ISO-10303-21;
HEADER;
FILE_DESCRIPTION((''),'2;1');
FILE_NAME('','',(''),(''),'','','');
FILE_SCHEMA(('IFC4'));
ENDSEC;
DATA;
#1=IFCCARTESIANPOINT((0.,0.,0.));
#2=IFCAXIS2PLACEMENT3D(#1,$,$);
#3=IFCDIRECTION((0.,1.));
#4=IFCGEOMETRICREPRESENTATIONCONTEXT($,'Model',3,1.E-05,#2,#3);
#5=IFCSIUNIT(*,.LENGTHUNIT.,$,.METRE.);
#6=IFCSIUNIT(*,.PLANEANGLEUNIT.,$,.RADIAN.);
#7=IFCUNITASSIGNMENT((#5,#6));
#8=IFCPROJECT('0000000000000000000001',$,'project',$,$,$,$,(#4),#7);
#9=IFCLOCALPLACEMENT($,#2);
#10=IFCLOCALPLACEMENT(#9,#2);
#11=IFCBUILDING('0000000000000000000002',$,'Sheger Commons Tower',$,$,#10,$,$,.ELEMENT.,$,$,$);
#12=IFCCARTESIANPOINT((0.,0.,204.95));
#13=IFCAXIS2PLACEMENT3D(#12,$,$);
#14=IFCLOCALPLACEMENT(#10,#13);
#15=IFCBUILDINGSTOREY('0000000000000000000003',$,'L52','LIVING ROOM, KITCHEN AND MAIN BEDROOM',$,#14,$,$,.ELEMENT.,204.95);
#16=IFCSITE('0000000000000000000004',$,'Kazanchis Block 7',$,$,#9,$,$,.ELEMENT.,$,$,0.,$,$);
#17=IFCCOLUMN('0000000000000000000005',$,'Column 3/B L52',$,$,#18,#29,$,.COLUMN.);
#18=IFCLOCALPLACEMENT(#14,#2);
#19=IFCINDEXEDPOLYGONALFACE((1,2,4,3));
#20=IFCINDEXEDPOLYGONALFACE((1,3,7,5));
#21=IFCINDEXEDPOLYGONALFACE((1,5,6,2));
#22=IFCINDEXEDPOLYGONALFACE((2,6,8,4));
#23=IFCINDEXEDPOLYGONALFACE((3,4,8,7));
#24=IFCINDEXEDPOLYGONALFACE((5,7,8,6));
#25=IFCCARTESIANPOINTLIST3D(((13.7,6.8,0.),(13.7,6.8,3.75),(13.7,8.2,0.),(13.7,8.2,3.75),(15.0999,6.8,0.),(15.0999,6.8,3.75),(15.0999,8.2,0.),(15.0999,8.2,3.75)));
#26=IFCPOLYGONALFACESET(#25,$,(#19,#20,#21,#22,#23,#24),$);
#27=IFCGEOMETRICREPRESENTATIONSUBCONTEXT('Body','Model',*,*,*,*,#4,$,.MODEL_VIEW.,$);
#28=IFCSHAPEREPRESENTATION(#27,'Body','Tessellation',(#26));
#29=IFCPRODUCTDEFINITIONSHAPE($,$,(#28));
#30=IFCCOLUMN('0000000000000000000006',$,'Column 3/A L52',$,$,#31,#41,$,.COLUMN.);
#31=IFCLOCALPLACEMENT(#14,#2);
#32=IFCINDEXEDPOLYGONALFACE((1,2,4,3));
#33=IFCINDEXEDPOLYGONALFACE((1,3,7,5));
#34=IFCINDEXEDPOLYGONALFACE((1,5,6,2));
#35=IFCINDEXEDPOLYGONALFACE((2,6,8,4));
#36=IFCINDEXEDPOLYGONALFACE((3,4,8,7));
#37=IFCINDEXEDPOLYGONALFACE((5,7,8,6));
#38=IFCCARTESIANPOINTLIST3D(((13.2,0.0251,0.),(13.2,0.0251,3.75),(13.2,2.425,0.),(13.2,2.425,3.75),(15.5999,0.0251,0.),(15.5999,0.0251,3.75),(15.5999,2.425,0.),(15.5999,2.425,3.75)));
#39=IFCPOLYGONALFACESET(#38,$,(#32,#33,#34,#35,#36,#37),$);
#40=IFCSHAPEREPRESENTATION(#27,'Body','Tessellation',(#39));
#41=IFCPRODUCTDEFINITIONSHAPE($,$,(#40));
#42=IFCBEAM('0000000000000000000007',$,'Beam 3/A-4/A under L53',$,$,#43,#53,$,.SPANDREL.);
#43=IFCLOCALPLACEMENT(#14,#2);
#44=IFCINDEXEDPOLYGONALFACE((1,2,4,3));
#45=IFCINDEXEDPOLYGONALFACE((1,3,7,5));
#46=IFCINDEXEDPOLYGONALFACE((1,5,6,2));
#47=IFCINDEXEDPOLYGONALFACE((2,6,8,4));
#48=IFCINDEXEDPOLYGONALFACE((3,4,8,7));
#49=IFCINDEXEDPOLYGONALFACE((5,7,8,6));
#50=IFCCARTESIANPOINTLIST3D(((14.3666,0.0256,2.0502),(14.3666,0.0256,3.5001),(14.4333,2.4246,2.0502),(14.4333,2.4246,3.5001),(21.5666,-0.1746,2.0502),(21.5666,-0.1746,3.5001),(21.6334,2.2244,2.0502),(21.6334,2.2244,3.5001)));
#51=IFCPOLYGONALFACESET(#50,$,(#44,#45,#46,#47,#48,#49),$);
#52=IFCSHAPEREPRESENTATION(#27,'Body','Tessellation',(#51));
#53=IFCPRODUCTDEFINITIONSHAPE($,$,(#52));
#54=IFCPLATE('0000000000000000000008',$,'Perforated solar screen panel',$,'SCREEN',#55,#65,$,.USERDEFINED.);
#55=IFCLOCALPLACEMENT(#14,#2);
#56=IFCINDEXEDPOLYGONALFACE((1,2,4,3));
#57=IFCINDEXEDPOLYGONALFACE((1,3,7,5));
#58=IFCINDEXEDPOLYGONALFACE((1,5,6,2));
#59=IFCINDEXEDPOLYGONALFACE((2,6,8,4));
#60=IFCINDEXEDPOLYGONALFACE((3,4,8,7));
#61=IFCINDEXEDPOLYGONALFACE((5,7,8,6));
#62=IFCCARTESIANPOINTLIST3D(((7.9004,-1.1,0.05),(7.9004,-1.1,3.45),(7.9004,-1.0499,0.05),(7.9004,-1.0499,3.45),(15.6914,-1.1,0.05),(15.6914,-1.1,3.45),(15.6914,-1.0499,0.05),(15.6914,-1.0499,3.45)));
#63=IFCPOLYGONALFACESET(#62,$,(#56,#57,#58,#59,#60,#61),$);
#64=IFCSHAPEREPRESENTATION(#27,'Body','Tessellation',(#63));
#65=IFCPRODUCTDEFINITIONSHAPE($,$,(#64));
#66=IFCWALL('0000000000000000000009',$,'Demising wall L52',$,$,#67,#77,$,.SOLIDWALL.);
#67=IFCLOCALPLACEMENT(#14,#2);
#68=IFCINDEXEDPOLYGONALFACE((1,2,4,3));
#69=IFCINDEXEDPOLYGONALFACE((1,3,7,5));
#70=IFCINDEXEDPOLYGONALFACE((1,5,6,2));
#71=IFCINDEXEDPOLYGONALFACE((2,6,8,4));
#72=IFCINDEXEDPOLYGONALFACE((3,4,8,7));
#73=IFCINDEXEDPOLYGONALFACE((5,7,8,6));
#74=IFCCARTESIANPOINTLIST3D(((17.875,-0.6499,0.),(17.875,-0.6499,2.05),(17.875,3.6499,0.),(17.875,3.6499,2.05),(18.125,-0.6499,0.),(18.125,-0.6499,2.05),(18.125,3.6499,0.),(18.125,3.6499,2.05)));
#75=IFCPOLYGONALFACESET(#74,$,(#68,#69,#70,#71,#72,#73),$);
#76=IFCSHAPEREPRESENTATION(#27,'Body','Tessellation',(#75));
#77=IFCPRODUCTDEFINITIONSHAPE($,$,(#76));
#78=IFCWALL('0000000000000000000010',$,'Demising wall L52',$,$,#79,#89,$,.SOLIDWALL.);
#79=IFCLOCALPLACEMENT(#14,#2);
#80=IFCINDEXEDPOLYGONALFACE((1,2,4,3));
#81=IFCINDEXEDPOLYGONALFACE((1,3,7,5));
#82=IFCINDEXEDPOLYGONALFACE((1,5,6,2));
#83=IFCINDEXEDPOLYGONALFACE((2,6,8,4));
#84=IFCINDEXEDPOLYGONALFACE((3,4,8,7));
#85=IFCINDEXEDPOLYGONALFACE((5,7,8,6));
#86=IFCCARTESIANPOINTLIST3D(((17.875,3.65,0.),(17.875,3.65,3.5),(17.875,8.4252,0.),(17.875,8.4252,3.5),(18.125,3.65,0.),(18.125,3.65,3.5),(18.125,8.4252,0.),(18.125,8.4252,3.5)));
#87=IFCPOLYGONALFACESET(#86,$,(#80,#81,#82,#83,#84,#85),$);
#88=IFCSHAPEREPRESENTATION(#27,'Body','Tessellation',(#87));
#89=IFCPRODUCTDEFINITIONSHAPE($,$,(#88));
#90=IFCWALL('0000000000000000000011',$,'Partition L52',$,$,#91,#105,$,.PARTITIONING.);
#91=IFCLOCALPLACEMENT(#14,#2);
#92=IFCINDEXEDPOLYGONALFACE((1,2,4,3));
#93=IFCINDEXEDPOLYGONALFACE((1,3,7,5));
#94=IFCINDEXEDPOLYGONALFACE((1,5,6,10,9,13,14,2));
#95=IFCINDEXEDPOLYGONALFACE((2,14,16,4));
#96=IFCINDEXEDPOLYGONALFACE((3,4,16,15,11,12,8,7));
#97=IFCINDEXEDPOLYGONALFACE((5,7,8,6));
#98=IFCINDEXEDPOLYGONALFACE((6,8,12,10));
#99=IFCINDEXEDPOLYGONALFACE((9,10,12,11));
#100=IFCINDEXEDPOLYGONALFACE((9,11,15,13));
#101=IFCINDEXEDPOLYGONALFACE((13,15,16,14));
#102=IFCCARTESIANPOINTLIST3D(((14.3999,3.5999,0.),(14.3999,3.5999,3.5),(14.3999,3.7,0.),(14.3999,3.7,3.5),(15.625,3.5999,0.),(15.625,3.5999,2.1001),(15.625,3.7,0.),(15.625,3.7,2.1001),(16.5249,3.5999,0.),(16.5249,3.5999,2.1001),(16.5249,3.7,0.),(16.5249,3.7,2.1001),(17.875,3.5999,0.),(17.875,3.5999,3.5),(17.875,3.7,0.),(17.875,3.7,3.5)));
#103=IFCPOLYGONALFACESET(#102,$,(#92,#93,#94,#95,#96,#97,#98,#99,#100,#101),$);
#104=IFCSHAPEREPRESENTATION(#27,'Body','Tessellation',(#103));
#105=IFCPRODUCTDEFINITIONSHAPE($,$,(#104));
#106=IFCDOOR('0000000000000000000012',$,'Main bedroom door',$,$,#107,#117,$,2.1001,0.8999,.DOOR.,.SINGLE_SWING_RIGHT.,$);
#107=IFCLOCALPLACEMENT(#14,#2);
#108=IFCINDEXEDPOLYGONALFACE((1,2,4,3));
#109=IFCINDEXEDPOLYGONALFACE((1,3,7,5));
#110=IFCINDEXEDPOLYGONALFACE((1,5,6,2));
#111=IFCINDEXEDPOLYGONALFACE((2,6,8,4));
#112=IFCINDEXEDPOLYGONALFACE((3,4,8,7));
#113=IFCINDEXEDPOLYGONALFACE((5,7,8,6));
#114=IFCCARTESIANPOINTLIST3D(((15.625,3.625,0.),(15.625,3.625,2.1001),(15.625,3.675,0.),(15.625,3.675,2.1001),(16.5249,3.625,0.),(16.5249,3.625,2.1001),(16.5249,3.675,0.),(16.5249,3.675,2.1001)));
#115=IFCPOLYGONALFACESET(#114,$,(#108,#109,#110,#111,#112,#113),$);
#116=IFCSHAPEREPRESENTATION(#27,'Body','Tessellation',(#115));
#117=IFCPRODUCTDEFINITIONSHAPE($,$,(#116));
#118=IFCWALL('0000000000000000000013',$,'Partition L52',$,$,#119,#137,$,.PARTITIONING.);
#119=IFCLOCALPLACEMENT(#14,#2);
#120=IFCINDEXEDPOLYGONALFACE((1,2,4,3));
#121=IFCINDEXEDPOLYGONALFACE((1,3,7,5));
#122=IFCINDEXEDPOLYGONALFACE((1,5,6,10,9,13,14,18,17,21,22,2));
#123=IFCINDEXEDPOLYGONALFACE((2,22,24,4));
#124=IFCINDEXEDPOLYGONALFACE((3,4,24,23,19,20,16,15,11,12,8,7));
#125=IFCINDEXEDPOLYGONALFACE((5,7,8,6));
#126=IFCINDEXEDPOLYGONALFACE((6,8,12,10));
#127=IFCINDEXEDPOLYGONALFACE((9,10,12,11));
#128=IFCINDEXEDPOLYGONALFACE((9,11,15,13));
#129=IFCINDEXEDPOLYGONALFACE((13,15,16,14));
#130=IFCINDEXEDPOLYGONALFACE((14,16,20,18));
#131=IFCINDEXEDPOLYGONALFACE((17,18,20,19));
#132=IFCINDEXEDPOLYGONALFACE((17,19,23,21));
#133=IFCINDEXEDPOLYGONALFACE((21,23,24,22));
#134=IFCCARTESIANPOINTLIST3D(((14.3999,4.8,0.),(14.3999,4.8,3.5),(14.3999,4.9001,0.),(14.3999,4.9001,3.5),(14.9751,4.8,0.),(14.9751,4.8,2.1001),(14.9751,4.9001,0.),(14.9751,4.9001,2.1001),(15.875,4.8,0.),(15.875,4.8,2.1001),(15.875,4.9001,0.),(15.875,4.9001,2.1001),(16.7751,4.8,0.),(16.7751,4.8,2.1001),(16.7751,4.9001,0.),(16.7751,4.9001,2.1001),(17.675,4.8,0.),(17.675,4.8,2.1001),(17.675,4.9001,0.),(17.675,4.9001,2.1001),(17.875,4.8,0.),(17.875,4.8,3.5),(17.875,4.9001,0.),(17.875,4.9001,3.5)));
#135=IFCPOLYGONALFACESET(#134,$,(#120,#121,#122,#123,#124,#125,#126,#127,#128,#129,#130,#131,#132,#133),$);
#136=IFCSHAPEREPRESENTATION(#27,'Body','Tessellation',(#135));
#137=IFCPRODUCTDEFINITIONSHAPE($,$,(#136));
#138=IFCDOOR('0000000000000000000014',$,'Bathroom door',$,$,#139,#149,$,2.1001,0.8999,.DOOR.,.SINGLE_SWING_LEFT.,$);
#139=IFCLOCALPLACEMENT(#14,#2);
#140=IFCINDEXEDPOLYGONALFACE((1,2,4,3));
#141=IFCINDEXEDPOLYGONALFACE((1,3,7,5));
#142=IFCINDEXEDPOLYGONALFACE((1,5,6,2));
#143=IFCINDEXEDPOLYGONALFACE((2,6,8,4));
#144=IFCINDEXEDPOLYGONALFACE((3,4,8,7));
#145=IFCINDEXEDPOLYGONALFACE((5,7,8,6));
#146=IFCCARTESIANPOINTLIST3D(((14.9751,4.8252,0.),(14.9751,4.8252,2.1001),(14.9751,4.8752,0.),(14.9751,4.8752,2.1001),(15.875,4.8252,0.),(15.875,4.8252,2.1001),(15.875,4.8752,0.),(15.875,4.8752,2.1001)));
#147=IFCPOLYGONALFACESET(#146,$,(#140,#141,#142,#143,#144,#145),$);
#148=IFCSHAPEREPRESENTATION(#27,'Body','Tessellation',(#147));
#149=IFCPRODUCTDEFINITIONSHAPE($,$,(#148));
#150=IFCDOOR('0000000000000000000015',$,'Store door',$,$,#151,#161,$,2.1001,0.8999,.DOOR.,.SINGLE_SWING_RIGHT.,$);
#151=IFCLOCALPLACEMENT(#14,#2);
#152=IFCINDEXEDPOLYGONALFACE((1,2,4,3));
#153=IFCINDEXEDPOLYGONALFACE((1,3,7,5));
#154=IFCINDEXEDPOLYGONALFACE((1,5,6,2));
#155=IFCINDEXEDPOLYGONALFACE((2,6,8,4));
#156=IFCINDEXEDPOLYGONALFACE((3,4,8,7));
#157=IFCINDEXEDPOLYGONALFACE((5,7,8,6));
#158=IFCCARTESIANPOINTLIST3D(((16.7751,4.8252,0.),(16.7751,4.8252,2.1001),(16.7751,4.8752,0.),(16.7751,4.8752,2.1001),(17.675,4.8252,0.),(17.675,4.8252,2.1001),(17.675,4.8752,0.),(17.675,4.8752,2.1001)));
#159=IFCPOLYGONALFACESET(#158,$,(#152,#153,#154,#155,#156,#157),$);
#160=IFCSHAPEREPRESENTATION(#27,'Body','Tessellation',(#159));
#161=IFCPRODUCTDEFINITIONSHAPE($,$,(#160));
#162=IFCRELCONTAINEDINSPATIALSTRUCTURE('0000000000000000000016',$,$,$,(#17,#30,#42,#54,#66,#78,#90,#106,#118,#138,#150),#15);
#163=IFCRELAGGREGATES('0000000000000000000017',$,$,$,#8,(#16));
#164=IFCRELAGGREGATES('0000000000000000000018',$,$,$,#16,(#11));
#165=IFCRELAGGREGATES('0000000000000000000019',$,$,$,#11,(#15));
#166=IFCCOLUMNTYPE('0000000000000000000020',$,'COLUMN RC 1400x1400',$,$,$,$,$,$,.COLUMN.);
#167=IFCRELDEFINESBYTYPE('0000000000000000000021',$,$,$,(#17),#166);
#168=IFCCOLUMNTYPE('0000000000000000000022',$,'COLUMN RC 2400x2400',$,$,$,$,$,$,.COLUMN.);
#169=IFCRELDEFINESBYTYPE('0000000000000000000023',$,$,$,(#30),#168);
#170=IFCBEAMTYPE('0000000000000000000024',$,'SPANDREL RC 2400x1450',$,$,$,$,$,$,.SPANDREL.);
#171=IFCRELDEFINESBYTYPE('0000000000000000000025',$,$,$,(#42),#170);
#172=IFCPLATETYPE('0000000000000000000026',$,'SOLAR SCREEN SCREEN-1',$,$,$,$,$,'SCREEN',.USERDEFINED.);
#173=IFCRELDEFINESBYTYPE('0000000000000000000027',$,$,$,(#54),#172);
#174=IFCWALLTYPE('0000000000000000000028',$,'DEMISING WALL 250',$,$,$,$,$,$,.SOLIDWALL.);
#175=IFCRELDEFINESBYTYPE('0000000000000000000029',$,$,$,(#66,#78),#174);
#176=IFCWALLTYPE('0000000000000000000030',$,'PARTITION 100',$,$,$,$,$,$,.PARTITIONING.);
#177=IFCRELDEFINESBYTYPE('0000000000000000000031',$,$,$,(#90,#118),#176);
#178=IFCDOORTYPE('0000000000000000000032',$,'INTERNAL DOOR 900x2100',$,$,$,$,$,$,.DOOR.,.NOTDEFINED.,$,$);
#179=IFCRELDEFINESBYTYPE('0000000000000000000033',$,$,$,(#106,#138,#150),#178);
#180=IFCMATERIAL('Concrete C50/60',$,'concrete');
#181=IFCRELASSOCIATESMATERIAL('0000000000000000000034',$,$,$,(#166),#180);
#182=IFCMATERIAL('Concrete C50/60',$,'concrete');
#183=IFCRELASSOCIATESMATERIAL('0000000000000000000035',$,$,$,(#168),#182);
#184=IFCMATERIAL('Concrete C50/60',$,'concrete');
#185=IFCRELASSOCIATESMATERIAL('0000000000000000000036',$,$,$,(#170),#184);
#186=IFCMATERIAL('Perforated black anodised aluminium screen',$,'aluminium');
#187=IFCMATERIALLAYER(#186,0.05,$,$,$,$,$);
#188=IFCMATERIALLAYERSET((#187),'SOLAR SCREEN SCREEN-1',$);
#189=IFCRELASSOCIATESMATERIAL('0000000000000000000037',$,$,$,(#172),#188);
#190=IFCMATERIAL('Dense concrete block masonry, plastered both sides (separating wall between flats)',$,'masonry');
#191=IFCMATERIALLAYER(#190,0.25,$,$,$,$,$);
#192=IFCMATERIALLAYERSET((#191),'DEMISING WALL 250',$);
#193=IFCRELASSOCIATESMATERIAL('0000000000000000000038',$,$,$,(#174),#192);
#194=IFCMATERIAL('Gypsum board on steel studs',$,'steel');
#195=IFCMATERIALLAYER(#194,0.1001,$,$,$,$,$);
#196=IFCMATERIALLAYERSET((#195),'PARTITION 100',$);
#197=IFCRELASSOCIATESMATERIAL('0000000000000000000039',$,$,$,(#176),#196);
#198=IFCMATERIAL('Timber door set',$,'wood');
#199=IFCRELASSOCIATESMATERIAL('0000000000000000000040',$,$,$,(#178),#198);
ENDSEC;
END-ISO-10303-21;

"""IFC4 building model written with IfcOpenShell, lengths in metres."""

from ifc_helpers import new_model, si_unit, direction, frame, frame_2d, origin, origin_2d, place, context, subcontext, project, spatial, rectangle, extrude, material, layer, layer_set, material_profile, profile_set, type_object, element, fill, save


model = new_model("IFC4")

# Units and contexts
model_context = context("Model", 3, precision=1e-05, world=origin(), true_north=direction((0.0, 1.0)))
body_context = subcontext(model_context, "Body", "Model", "MODEL_VIEW")
ifc_project = project(units=[si_unit("LENGTHUNIT", "METRE"), si_unit("PLANEANGLEUNIT", "RADIAN")], contexts=[model_context])

# Site, building, storey
site_placement = place(None, origin())
site = spatial("IfcSite", under=ifc_project, at=site_placement, Name="Kazanchis Block 7", CompositionType="ELEMENT", RefElevation=0.0)
building_placement = place(site_placement, origin())
building = spatial("IfcBuilding", under=site, at=building_placement, Name="Sheger Commons Tower", CompositionType="ELEMENT")
storey_placement = place(building_placement, frame((0.0, 0.0, 204.95)))
storey = spatial("IfcBuildingStorey", under=building, at=storey_placement, Name="L52", Description="LIVING ROOM, KITCHEN AND MAIN BEDROOM", CompositionType="ELEMENT", Elevation=204.95)

# Columns
ifc_material_1 = material(Name="Concrete C50/60", Category="concrete")
ifc_material_profile_1 = material_profile(ifc_material_1, rectangle(XDim=1.3999, YDim=1.3999, at=origin_2d()), Name="RC 1400x1400")
ifc_profile_set_1 = profile_set([ifc_material_profile_1], Name="Concrete C50/60")
column_type_1 = type_object("IfcColumnType", Name="COLUMN RC 1400x1400", PredefinedType="COLUMN", material=ifc_profile_set_1)
column_1_placement = place(storey_placement, frame((14.3999, 7.5, 0.0), z_axis=(0.0, 0.0, 1.0), x_axis=(1.0, 0.0, 0.0)))
element("IfcColumn", 1, at=column_1_placement, inside=storey, type_object=column_type_1, Name="Column 3/B L52", PredefinedType="COLUMN", context=body_context, shape_type="SweptSolid", body=[
    extrude(rectangle(XDim=1.3999, YDim=1.3999, at=origin_2d()), origin(), (0.0, 0.0, 1.0), 3.75),
])
ifc_material_2 = material(Name="Concrete C50/60", Category="concrete")
ifc_material_profile_2 = material_profile(ifc_material_2, rectangle(XDim=2.3999, YDim=2.3999, at=origin_2d()), Name="RC 2400x2400")
ifc_profile_set_2 = profile_set([ifc_material_profile_2], Name="Concrete C50/60")
column_type_2 = type_object("IfcColumnType", Name="COLUMN RC 2400x2400", PredefinedType="COLUMN", material=ifc_profile_set_2)
column_2_placement = place(storey_placement, frame((14.3999, 1.2251, 0.0), z_axis=(0.0, 0.0, 1.0), x_axis=(1.0, 0.0, 0.0)))
element("IfcColumn", 2, at=column_2_placement, inside=storey, type_object=column_type_2, Name="Column 3/A L52", PredefinedType="COLUMN", context=body_context, shape_type="SweptSolid", body=[
    extrude(rectangle(XDim=2.3999, YDim=2.3999, at=origin_2d()), origin(), (0.0, 0.0, 1.0), 3.75),
])

# Beam
ifc_material_3 = material(Name="Concrete C50/60", Category="concrete")
ifc_material_profile_3 = material_profile(ifc_material_3, rectangle(XDim=2.3999, YDim=1.45, at=origin_2d()), Name="RC 2400x1450")
ifc_profile_set_3 = profile_set([ifc_material_profile_3], Name="Concrete C50/60")
beam_type = type_object("IfcBeamType", Name="SPANDREL RC 2400x1450", PredefinedType="SPANDREL", material=ifc_profile_set_3)
beam_placement = place(storey_placement, frame((14.3999, 1.2251, 2.7751), z_axis=(0.999614, -0.027793, 0.0), x_axis=(0.027793, 0.999614, 0.0)))
element("IfcBeam", 3, at=beam_placement, inside=storey, type_object=beam_type, Name="Beam 3/A-4/A under L53", PredefinedType="SPANDREL", context=body_context, shape_type="SweptSolid", body=[
    extrude(rectangle(XDim=2.3999, YDim=1.45, at=origin_2d()), origin(), (0.0, 0.0, 1.0), 7.2029),
])

# Plate
ifc_material_4 = material(Name="Perforated black anodised aluminium screen", Category="aluminium")
ifc_layer_1 = layer(ifc_material_4, 0.05)
ifc_layer_set_1 = layer_set([ifc_layer_1], Name="SOLAR SCREEN SCREEN-1")
plate_type = type_object("IfcPlateType", Name="SOLAR SCREEN SCREEN-1", ElementType="SCREEN", PredefinedType="USERDEFINED", material=ifc_layer_set_1)
plate_placement = place(storey_placement, frame((11.7959, -1.075, 0.05), z_axis=(0.0, 0.0, 1.0), x_axis=(1.0, 0.0, 0.0)))
element("IfcPlate", 4, at=plate_placement, inside=storey, type_object=plate_type, Name="Perforated solar screen panel", ObjectType="SCREEN", PredefinedType="USERDEFINED", context=body_context, shape_type="SweptSolid", body=[
    extrude(rectangle(XDim=7.791, YDim=0.05, at=origin_2d()), origin(), (0.0, 0.0, 1.0), 3.3999),
])

# Walls
ifc_material_5 = material(Name="Dense concrete block masonry, plastered both sides (separating wall between flats)", Category="masonry")
ifc_layer_2 = layer(ifc_material_5, 0.25)
ifc_layer_set_2 = layer_set([ifc_layer_2], Name="DEMISING WALL 250")
wall_type_1 = type_object("IfcWallType", Name="DEMISING WALL 250", PredefinedType="SOLIDWALL", material=ifc_layer_set_2)
wall_1_placement = place(storey_placement, frame((18.0, -0.6499, 0.0), z_axis=(0.0, 0.0, 1.0), x_axis=(0.0, 1.0, 0.0)))
element("IfcWall", 5, at=wall_1_placement, inside=storey, type_object=wall_type_1, Name="Demising wall L52", PredefinedType="SOLIDWALL", context=body_context, shape_type="SweptSolid", body=[
    extrude(rectangle(XDim=4.2998, YDim=0.25, at=frame_2d((2.1499, 0.0))), origin(), (0.0, 0.0, 1.0), 2.05),
])
wall_2_placement = place(storey_placement, frame((18.0, 3.6499, 0.0), z_axis=(0.0, 0.0, 1.0), x_axis=(0.0, 1.0, 0.0)))
element("IfcWall", 6, at=wall_2_placement, inside=storey, type_object=wall_type_1, Name="Demising wall L52", PredefinedType="SOLIDWALL", context=body_context, shape_type="SweptSolid", body=[
    extrude(rectangle(XDim=4.7751, YDim=0.25, at=frame_2d((2.3877, 0.0))), origin(), (0.0, 0.0, 1.0), 3.5),
])

# Wall, opening, door
ifc_material_6 = material(Name="Gypsum board on steel studs", Category="steel")
ifc_layer_3 = layer(ifc_material_6, 0.1001)
ifc_layer_set_3 = layer_set([ifc_layer_3], Name="PARTITION 100")
wall_type_2 = type_object("IfcWallType", Name="PARTITION 100", PredefinedType="PARTITIONING", material=ifc_layer_set_3)
wall_3_placement = place(storey_placement, frame((17.875, 3.6499, 0.0), z_axis=(0.0, 0.0, 1.0), x_axis=(-1.0, 0.0, 0.0)))
wall_3 = element("IfcWall", 7, at=wall_3_placement, inside=storey, type_object=wall_type_2, Name="Partition L52", PredefinedType="PARTITIONING", context=body_context, shape_type="SweptSolid", body=[
    extrude(rectangle(XDim=3.4751, YDim=0.1001, at=frame_2d((1.7375, 0.0))), origin(), (0.0, 0.0, 1.0), 3.5),
])
opening_1_placement = place(wall_3_placement, frame((1.3501, 0.0, 0.0)))
opening_1 = element("IfcOpeningElement", 8, at=opening_1_placement, cuts=wall_3, PredefinedType="OPENING", context=body_context, shape_type="SweptSolid", body=[
    extrude(rectangle(XDim=0.8999, YDim=2.1001, at=frame_2d((0.45, 1.05))), frame((0.0, 0.0601, 0.0), z_axis=(0.0, -1.0, 0.0), x_axis=(1.0, 0.0, 0.0)), (0.0, 0.0, 1.0), 0.1201),
])
ifc_material_7 = material(Name="Timber door set", Category="wood")
door_type = type_object("IfcDoorType", Name="INTERNAL DOOR 900x2100", OperationType="NOTDEFINED", PredefinedType="DOOR", material=ifc_material_7)
door_1_placement = place(opening_1_placement, origin())
door_1 = element("IfcDoor", 9, at=door_1_placement, inside=storey, type_object=door_type, Name="Main bedroom door", OperationType="SINGLE_SWING_RIGHT", OverallHeight=2.1001, OverallWidth=0.8999, PredefinedType="DOOR", context=body_context, shape_type="SweptSolid", body=[
    extrude(rectangle(XDim=0.8999, YDim=2.1001, at=frame_2d((0.45, 1.05))), frame((0.0, 0.0249, 0.0), z_axis=(0.0, -1.0, 0.0), x_axis=(1.0, 0.0, 0.0)), (0.0, 0.0, 1.0), 0.05),
])
fill(opening_1, door_1)

# Wall, openings, doors
wall_4_placement = place(storey_placement, frame((17.875, 4.8501, 0.0), z_axis=(0.0, 0.0, 1.0), x_axis=(-1.0, 0.0, 0.0)))
wall_4 = element("IfcWall", 10, at=wall_4_placement, inside=storey, type_object=wall_type_2, Name="Partition L52", PredefinedType="PARTITIONING", context=body_context, shape_type="SweptSolid", body=[
    extrude(rectangle(XDim=3.4751, YDim=0.1001, at=frame_2d((1.7375, 0.0))), origin(), (0.0, 0.0, 1.0), 3.5),
])
opening_2_placement = place(wall_4_placement, frame((2.0, 0.0, 0.0)))
opening_2 = element("IfcOpeningElement", 11, at=opening_2_placement, cuts=wall_4, PredefinedType="OPENING", context=body_context, shape_type="SweptSolid", body=[
    extrude(rectangle(XDim=0.8999, YDim=2.1001, at=frame_2d((0.45, 1.05))), frame((0.0, 0.0601, 0.0), z_axis=(0.0, -1.0, 0.0), x_axis=(1.0, 0.0, 0.0)), (0.0, 0.0, 1.0), 0.1201),
])
opening_3_placement = place(wall_4_placement, frame((0.2, 0.0, 0.0)))
opening_3 = element("IfcOpeningElement", 12, at=opening_3_placement, cuts=wall_4, PredefinedType="OPENING", context=body_context, shape_type="SweptSolid", body=[
    extrude(rectangle(XDim=0.8999, YDim=2.1001, at=frame_2d((0.45, 1.05))), frame((0.0, 0.0601, 0.0), z_axis=(0.0, -1.0, 0.0), x_axis=(1.0, 0.0, 0.0)), (0.0, 0.0, 1.0), 0.1201),
])
door_2_placement = place(opening_2_placement, origin())
door_2 = element("IfcDoor", 13, at=door_2_placement, inside=storey, type_object=door_type, Name="Bathroom door", OperationType="SINGLE_SWING_LEFT", OverallHeight=2.1001, OverallWidth=0.8999, PredefinedType="DOOR", context=body_context, shape_type="SweptSolid", body=[
    extrude(rectangle(XDim=0.8999, YDim=2.1001, at=frame_2d((0.45, 1.05))), frame((0.0, 0.0249, 0.0), z_axis=(0.0, -1.0, 0.0), x_axis=(1.0, 0.0, 0.0)), (0.0, 0.0, 1.0), 0.05),
])
fill(opening_2, door_2)
door_3_placement = place(opening_3_placement, origin())
door_3 = element("IfcDoor", 14, at=door_3_placement, inside=storey, type_object=door_type, Name="Store door", OperationType="SINGLE_SWING_RIGHT", OverallHeight=2.1001, OverallWidth=0.8999, PredefinedType="DOOR", context=body_context, shape_type="SweptSolid", body=[
    extrude(rectangle(XDim=0.8999, YDim=2.1001, at=frame_2d((0.45, 1.05))), frame((0.0, 0.0249, 0.0), z_axis=(0.0, -1.0, 0.0), x_axis=(1.0, 0.0, 0.0)), (0.0, 0.0, 1.0), 0.05),
])
fill(opening_3, door_3)

save(model, "model.ifc")
